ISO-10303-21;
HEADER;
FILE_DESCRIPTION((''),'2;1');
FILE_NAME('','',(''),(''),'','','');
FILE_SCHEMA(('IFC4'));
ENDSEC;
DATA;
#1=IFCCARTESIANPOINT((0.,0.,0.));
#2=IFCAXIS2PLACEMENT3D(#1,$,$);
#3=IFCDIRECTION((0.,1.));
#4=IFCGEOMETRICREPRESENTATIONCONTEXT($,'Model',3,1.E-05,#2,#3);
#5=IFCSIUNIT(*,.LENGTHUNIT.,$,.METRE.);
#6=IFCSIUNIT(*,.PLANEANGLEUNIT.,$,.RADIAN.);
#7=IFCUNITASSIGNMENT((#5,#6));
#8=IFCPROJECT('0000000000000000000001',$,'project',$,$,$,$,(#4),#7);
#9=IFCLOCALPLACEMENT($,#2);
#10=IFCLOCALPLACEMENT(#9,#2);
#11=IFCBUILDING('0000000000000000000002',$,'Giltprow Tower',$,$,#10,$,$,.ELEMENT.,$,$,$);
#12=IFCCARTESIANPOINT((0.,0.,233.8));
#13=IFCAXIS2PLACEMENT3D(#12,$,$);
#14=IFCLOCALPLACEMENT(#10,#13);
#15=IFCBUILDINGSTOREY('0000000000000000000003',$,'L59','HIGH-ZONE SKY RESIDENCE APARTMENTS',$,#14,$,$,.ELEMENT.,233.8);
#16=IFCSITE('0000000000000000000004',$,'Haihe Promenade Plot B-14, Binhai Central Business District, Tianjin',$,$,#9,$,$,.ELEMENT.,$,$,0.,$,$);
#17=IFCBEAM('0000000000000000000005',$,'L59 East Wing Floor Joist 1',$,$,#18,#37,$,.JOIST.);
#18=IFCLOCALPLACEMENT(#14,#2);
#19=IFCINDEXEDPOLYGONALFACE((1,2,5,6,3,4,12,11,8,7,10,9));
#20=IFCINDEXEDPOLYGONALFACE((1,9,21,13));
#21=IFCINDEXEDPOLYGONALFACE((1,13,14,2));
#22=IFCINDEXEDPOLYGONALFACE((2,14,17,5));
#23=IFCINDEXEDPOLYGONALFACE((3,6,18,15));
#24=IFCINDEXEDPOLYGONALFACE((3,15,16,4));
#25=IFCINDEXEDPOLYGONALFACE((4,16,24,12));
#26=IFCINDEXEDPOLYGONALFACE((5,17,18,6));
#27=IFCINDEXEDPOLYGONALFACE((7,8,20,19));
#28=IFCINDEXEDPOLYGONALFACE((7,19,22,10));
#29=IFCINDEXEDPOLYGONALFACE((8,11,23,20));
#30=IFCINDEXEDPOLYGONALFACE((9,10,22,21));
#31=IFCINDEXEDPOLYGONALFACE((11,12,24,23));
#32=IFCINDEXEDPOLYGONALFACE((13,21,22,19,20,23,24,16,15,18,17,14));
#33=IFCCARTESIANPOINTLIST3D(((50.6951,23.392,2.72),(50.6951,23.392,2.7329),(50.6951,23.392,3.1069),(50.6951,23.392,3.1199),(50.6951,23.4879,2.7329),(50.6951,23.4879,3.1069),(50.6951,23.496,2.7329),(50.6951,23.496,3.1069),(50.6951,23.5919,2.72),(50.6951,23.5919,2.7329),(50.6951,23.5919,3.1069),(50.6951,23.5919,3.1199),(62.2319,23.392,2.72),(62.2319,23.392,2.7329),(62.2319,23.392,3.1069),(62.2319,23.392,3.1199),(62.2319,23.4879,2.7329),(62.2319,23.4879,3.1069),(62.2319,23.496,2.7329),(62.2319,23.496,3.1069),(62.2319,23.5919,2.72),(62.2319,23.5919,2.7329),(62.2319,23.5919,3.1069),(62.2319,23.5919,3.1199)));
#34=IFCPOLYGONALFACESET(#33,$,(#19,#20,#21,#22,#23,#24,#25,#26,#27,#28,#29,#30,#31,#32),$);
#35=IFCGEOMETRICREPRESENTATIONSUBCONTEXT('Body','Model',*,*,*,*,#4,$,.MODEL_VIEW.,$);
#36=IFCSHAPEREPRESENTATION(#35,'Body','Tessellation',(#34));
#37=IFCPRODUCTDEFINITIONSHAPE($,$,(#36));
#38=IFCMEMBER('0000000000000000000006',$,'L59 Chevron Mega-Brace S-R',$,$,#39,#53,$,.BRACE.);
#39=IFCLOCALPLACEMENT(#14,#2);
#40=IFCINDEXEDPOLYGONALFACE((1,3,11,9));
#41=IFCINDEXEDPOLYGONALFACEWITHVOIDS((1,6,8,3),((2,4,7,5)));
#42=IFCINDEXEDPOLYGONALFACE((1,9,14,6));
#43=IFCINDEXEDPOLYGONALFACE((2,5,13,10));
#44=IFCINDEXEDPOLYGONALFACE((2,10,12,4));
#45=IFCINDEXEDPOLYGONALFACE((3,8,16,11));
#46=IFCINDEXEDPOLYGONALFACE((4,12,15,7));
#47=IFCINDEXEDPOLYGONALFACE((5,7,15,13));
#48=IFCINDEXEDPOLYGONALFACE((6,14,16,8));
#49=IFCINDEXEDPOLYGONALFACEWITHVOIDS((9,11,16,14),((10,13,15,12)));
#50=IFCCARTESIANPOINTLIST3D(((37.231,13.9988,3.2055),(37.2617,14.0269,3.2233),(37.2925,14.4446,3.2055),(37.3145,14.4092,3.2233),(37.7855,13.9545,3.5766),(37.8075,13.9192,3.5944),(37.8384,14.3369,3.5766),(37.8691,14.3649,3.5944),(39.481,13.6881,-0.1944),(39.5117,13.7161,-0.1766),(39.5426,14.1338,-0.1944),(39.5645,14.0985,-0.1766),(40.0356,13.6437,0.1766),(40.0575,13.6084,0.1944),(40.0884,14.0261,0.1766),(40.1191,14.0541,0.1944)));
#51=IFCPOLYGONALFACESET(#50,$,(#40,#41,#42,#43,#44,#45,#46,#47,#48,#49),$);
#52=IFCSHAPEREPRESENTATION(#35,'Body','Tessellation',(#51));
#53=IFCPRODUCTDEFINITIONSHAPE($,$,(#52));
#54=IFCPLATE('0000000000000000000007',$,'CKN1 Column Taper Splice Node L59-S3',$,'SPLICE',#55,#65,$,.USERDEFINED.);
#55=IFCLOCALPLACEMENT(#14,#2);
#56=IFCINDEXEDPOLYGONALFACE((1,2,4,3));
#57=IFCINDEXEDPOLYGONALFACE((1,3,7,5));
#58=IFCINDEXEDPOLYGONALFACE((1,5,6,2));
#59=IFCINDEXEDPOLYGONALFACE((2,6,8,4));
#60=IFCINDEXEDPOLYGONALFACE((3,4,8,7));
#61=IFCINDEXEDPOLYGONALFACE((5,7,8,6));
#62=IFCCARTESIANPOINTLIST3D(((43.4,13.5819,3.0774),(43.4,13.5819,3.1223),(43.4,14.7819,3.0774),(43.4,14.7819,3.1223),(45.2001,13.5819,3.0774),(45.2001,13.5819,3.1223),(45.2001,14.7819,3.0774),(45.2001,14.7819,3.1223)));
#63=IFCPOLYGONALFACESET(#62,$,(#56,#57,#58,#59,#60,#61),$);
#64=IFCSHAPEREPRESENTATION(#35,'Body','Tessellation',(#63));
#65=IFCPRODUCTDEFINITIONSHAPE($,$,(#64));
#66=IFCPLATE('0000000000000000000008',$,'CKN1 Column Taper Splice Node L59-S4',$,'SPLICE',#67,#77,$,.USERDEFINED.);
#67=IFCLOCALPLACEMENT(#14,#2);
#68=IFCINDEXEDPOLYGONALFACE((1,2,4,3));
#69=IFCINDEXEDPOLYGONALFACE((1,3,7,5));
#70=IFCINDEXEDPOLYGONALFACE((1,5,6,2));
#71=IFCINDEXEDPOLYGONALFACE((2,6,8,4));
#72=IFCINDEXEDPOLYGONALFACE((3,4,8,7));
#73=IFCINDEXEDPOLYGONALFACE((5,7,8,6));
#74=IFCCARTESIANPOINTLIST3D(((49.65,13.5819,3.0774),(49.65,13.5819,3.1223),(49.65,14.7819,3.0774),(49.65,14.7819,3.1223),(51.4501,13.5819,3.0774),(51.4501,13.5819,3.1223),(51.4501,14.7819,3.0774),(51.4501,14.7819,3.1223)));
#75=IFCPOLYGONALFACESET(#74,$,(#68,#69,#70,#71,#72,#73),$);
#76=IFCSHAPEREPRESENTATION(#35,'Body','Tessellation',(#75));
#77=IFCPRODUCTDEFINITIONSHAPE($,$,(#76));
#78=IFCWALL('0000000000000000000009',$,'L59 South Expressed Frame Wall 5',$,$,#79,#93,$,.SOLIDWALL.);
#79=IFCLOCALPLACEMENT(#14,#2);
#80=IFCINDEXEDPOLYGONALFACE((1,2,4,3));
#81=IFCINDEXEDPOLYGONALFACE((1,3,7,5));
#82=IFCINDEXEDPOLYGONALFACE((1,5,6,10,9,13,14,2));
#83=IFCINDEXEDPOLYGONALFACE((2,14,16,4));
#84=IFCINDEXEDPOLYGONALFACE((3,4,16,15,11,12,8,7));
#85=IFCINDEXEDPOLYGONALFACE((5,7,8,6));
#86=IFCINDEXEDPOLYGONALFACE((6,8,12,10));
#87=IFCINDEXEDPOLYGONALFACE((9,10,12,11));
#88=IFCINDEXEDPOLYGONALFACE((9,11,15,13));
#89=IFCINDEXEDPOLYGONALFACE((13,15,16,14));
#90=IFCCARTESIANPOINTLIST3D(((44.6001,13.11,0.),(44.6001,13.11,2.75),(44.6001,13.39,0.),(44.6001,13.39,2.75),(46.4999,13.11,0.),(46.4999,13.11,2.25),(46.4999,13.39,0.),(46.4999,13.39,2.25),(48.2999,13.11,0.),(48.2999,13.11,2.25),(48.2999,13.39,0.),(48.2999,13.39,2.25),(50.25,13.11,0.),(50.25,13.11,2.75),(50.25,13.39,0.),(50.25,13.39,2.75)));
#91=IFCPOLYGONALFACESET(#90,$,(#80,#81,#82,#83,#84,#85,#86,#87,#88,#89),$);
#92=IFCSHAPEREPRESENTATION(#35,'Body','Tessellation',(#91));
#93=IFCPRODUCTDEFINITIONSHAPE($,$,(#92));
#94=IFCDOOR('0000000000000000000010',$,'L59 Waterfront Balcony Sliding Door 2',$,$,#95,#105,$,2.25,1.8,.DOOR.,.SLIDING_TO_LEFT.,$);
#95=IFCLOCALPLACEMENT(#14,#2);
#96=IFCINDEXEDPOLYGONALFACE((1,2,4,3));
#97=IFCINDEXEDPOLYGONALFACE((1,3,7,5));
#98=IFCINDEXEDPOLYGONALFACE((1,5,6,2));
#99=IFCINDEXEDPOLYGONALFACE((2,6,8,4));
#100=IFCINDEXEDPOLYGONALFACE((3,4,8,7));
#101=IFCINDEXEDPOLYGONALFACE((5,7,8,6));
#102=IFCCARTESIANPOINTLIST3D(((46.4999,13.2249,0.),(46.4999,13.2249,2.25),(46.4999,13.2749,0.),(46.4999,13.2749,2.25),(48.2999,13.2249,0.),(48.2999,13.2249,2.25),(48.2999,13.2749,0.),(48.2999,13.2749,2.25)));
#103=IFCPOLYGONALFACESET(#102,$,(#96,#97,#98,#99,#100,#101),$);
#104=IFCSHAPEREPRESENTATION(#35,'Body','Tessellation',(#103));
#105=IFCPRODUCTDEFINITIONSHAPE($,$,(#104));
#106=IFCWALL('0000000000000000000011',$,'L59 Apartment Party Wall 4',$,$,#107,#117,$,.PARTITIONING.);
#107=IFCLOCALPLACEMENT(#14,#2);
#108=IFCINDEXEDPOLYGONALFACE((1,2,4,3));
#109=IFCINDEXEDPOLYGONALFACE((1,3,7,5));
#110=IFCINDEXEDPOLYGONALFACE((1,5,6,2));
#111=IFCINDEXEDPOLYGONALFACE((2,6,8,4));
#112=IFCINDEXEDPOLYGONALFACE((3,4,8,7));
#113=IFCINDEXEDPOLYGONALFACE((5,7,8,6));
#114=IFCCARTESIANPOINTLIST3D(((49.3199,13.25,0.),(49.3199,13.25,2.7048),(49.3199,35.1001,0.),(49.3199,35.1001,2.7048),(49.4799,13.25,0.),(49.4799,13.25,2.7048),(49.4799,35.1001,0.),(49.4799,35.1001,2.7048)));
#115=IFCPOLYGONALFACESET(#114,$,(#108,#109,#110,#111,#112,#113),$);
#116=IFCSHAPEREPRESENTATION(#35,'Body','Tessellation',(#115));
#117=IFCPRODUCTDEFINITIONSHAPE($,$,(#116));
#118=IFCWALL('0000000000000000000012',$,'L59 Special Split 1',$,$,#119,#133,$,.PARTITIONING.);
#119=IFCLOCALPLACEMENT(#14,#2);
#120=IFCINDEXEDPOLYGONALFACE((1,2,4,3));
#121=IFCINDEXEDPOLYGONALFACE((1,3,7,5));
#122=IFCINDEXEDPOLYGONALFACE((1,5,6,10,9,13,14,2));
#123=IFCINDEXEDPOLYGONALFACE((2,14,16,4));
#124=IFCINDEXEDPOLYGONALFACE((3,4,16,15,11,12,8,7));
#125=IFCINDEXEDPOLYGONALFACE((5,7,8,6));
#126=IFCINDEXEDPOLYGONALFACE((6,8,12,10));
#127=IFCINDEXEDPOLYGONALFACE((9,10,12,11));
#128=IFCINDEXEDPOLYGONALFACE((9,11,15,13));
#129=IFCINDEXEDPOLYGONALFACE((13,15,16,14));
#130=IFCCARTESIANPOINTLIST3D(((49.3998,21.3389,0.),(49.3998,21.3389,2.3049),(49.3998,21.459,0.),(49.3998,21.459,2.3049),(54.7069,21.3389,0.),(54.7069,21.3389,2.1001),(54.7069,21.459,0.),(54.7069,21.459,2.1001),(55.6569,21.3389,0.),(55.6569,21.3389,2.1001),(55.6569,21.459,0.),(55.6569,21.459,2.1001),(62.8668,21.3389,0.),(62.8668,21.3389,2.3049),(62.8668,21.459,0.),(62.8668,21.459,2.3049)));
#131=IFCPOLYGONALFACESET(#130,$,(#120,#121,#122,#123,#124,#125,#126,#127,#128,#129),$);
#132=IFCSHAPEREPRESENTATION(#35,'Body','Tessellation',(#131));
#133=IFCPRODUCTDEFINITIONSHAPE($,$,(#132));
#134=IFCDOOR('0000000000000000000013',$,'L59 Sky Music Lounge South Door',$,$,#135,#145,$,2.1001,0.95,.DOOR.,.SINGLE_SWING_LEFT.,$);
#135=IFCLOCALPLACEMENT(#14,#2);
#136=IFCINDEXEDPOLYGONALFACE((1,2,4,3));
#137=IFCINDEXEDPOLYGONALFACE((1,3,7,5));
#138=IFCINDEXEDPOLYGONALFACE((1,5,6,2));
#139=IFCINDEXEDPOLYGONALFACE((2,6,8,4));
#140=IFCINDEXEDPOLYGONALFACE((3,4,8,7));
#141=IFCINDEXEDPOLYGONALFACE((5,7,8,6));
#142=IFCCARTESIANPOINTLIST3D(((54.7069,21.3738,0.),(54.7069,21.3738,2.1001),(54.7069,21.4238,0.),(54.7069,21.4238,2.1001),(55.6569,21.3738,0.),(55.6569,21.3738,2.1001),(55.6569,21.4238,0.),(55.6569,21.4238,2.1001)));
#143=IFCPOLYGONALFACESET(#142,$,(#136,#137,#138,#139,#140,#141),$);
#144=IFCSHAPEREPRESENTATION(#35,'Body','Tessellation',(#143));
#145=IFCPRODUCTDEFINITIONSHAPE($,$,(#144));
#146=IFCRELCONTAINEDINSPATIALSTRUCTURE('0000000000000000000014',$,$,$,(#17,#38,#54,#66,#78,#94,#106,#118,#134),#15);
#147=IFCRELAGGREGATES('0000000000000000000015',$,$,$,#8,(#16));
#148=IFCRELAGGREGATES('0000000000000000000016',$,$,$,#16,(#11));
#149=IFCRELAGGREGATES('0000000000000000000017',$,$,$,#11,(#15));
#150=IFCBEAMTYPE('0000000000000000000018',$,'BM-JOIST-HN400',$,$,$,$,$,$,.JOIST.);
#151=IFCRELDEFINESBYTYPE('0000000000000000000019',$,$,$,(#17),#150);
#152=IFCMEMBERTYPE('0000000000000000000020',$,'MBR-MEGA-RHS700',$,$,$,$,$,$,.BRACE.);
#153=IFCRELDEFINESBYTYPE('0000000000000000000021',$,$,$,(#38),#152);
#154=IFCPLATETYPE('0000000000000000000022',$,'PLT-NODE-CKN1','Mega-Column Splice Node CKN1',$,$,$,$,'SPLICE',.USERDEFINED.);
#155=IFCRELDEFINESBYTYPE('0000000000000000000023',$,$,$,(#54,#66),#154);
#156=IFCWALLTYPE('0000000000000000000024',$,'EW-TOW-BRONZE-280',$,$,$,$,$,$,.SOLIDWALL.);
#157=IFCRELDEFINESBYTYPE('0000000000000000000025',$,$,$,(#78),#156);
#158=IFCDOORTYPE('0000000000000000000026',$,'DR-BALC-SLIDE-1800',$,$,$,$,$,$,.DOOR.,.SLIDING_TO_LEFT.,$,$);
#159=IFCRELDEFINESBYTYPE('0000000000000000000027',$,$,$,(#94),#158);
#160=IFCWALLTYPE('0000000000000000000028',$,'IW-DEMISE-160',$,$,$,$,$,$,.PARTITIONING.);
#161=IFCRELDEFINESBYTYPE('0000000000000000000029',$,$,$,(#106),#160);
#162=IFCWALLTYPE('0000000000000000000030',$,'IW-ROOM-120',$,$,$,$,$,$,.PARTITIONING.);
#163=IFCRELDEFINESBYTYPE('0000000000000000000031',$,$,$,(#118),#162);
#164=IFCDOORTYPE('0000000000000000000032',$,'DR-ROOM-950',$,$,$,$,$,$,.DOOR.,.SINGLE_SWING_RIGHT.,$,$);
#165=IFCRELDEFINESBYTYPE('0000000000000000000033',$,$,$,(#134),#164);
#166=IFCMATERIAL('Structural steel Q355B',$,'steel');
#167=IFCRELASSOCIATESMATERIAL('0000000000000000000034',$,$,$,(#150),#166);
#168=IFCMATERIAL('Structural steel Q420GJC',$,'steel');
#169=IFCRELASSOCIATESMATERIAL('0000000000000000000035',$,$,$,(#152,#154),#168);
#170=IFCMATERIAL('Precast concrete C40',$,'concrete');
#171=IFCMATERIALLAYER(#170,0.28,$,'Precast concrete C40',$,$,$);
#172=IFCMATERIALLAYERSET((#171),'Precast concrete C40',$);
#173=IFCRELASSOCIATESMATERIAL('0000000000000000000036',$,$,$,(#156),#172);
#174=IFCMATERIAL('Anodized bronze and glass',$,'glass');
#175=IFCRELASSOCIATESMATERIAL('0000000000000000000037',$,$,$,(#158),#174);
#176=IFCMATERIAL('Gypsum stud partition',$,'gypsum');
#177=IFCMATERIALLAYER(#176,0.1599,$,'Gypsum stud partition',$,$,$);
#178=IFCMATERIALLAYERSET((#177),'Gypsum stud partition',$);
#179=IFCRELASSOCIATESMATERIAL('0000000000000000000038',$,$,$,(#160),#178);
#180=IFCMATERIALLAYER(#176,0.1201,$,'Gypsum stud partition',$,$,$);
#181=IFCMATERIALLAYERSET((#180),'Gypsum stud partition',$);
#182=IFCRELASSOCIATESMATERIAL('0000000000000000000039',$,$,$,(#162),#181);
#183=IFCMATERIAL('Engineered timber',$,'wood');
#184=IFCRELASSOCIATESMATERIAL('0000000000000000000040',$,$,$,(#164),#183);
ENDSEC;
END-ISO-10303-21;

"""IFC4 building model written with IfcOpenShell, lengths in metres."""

from ifc_helpers import new_model, si_unit, direction, frame, frame_2d, origin, origin_2d, place, context, subcontext, project, spatial, rectangle, hollow_rectangle, i_section, extrude, source, transform, mapped, material, layer, layer_set, material_profile, profile_set, type_object, element, fill, save


model = new_model("IFC4")

# Units and contexts
model_context = context("Model", 3, precision=1e-05, world=origin(), true_north=direction((0.0, 1.0)))
body_context = subcontext(model_context, "Body", "Model", "MODEL_VIEW")
ifc_project = project(units=[si_unit("LENGTHUNIT", "METRE"), si_unit("PLANEANGLEUNIT", "RADIAN")], contexts=[model_context])

# Site, building, storey
site_placement = place(None, origin())
site = spatial("IfcSite", under=ifc_project, at=site_placement, Name="Haihe Promenade Plot B-14, Binhai Central Business District, Tianjin", CompositionType="ELEMENT", RefElevation=0.0)
building_placement = place(site_placement, origin())
building = spatial("IfcBuilding", under=site, at=building_placement, Name="Giltprow Tower", CompositionType="ELEMENT")
storey_placement = place(building_placement, frame((0.0, 0.0, 233.8)))
storey = spatial("IfcBuildingStorey", under=building, at=storey_placement, Name="L59", Description="HIGH-ZONE SKY RESIDENCE APARTMENTS", CompositionType="ELEMENT", Elevation=233.8)

# Shared definitions
ifc_material_1 = material(Name="Structural steel Q355B", Category="steel")

# Beam
ifc_material_profile_1 = material_profile(ifc_material_1, i_section(OverallWidth=0.2, OverallDepth=0.3999, WebThickness=0.0081, FlangeThickness=0.0129, at=origin_2d()), Name="HN 400x200x8x13")
ifc_profile_set_1 = profile_set([ifc_material_profile_1], Name="Structural steel Q355B")
beam_type_1 = type_object("IfcBeamType", Name="BM-JOIST-HN400", PredefinedType="JOIST", material=ifc_profile_set_1)
shared_shape_1 = source(origin(), body_context, "Body", "SweptSolid", [
    extrude(i_section(OverallWidth=0.2, OverallDepth=0.3999, WebThickness=0.0081, FlangeThickness=0.0129, at=origin_2d()), origin(), (0.0, 0.0, 1.0), 11.5369),
])
beam_1_placement = place(storey_placement, frame((50.6951, 23.4919, 2.9199), z_axis=(1.0, 0.0, 0.0), x_axis=(0.0, 1.0, 0.0)))
element("IfcBeam", 1, at=beam_1_placement, inside=storey, type_object=beam_type_1, Name="L59 East Wing Floor Joist 1", PredefinedType="JOIST", context=body_context, shape_type="MappedRepresentation", body=[
    mapped(shared_shape_1, transform((0.0, 0.0, 0.0), x_axis=(1.0, 0.0, 0.0), y_axis=(0.0, 1.0, 0.0), z_axis=(0.0, 0.0, 1.0), scale=1.0)),
])

# Member
ifc_material_2 = material(Name="Structural steel Q420GJC", Category="steel")
ifc_material_profile_2 = material_profile(ifc_material_2, hollow_rectangle(XDim=0.45, YDim=0.7, WallThickness=0.032, at=origin_2d()), Name="RHS 700x450x32")
ifc_profile_set_2 = profile_set([ifc_material_profile_2], Name="Structural steel Q420GJC")
member_type = type_object("IfcMemberType", Name="MBR-MEGA-RHS700", PredefinedType="BRACE", material=ifc_profile_set_2)
shared_shape_2 = source(origin(), body_context, "Body", "SweptSolid", [
    extrude(hollow_rectangle(XDim=0.45, YDim=0.7, WallThickness=0.032, at=origin_2d()), origin(), (0.0, 0.0, 1.0), 4.0889),
])
member_placement = place(storey_placement, frame((39.8, 13.8711, 0.0), z_axis=(-0.550281, 0.07601, 0.831512), x_axis=(-0.13683, -0.990595, 0.0)))
element("IfcMember", 2, at=member_placement, inside=storey, type_object=member_type, Name="L59 Chevron Mega-Brace S-R", PredefinedType="BRACE", context=body_context, shape_type="MappedRepresentation", body=[
    mapped(shared_shape_2, transform((0.0, 0.0, 0.0), x_axis=(1.0, 0.0, 0.0), y_axis=(0.0, 1.0, 0.0), z_axis=(0.0, 0.0, 1.0), scale=1.0)),
])

# Plates
plate_type = type_object("IfcPlateType", Name="PLT-NODE-CKN1", Description="Mega-Column Splice Node CKN1", ElementType="SPLICE", PredefinedType="USERDEFINED", material=ifc_material_2)
shared_shape_3 = source(origin(), body_context, "Body", "SweptSolid", [
    extrude(rectangle(XDim=1.8, YDim=1.2, at=origin_2d()), origin(), (0.0, 0.0, 1.0), 0.0449),
])
for number, where, z_axis, x_axis, name in (
    (3, (44.3, 14.1819, 3.0774), (0.0, 0.0, 1.0), (1.0, 0.0, 0.0), "CKN1 Column Taper Splice Node L59-S3"),
    (4, (50.55, 14.1819, 3.0774), (0.0, 0.0, 1.0), (1.0, 0.0, 0.0), "CKN1 Column Taper Splice Node L59-S4"),
):
    element("IfcPlate", number, at=place(storey_placement, frame(where, z_axis=z_axis, x_axis=x_axis)), inside=storey, type_object=plate_type, Name=name, ObjectType="SPLICE", PredefinedType="USERDEFINED", context=body_context, shape_type="MappedRepresentation", body=[
        mapped(shared_shape_3, transform((0.0, 0.0, 0.0), x_axis=(1.0, 0.0, 0.0), y_axis=(0.0, 1.0, 0.0), z_axis=(0.0, 0.0, 1.0), scale=1.0)),
    ])

# Wall, opening, door
ifc_material_3 = material(Name="Precast concrete C40", Category="concrete")
ifc_layer_1 = layer(ifc_material_3, 0.28, Name="Precast concrete C40")
ifc_layer_set_1 = layer_set([ifc_layer_1], Name="Precast concrete C40")
wall_type_1 = type_object("IfcWallType", Name="EW-TOW-BRONZE-280", PredefinedType="SOLIDWALL", material=ifc_layer_set_1)
wall_1_placement = place(storey_placement, frame((44.6001, 13.25, 0.0), z_axis=(0.0, 0.0, 1.0), x_axis=(1.0, 0.0, 0.0)))
wall_1 = element("IfcWall", 5, at=wall_1_placement, inside=storey, type_object=wall_type_1, Name="L59 South Expressed Frame Wall 5", PredefinedType="SOLIDWALL", context=body_context, shape_type="SweptSolid", body=[
    extrude(rectangle(XDim=5.6499, YDim=0.28, at=frame_2d((2.825, 0.0))), origin(), (0.0, 0.0, 1.0), 2.75),
])
opening_1_placement = place(wall_1_placement, frame((1.8999, 0.0, 0.0)))
opening_1 = element("IfcOpeningElement", 6, at=opening_1_placement, cuts=wall_1, PredefinedType="OPENING", context=body_context, shape_type="SweptSolid", body=[
    extrude(rectangle(XDim=1.8, YDim=2.25, at=frame_2d((0.8999, 1.125))), frame((0.0, 0.1499, 0.0), z_axis=(0.0, -1.0, 0.0), x_axis=(1.0, 0.0, 0.0)), (0.0, 0.0, 1.0), 0.3),
])
ifc_material_4 = material(Name="Anodized bronze and glass", Category="glass")
door_type_1 = type_object("IfcDoorType", Name="DR-BALC-SLIDE-1800", OperationType="SLIDING_TO_LEFT", PredefinedType="DOOR", material=ifc_material_4)
shared_shape_4 = source(origin(), body_context, "Body", "SweptSolid", [
    extrude(rectangle(XDim=1.8, YDim=2.25, at=frame_2d((0.8999, 1.125))), frame((0.0, 0.0249, 0.0), z_axis=(0.0, -1.0, 0.0), x_axis=(1.0, 0.0, 0.0)), (0.0, 0.0, 1.0), 0.05),
])
door_1_placement = place(opening_1_placement, origin())
door_1 = element("IfcDoor", 7, at=door_1_placement, inside=storey, type_object=door_type_1, Name="L59 Waterfront Balcony Sliding Door 2", OperationType="SLIDING_TO_LEFT", OverallHeight=2.25, OverallWidth=1.8, PredefinedType="DOOR", context=body_context, shape_type="MappedRepresentation", body=[
    mapped(shared_shape_4, transform((0.0, 0.0, 0.0), x_axis=(1.0, 0.0, 0.0), y_axis=(0.0, 1.0, 0.0), z_axis=(0.0, 0.0, 1.0), scale=1.0)),
])
fill(opening_1, door_1)

# Wall
ifc_material_5 = material(Name="Gypsum stud partition", Category="gypsum")
ifc_layer_2 = layer(ifc_material_5, 0.1599, Name="Gypsum stud partition")
ifc_layer_set_2 = layer_set([ifc_layer_2], Name="Gypsum stud partition")
wall_type_2 = type_object("IfcWallType", Name="IW-DEMISE-160", PredefinedType="PARTITIONING", material=ifc_layer_set_2)
wall_2_placement = place(storey_placement, frame((49.3999, 13.25, 0.0), z_axis=(0.0, 0.0, 1.0), x_axis=(0.0, 1.0, 0.0)))
element("IfcWall", 8, at=wall_2_placement, inside=storey, type_object=wall_type_2, Name="L59 Apartment Party Wall 4", PredefinedType="PARTITIONING", context=body_context, shape_type="SweptSolid", body=[
    extrude(rectangle(XDim=21.8501, YDim=0.1599, at=frame_2d((10.925, 0.0))), origin(), (0.0, 0.0, 1.0), 2.7048),
])

# Wall, opening, door
ifc_layer_3 = layer(ifc_material_5, 0.1201, Name="Gypsum stud partition")
ifc_layer_set_3 = layer_set([ifc_layer_3], Name="Gypsum stud partition")
wall_type_3 = type_object("IfcWallType", Name="IW-ROOM-120", PredefinedType="PARTITIONING", material=ifc_layer_set_3)
wall_3_placement = place(storey_placement, frame((49.3999, 21.3989, 0.0), z_axis=(0.0, 0.0, 1.0), x_axis=(1.0, 0.0, 0.0)))
wall_3 = element("IfcWall", 9, at=wall_3_placement, inside=storey, type_object=wall_type_3, Name="L59 Special Split 1", PredefinedType="PARTITIONING", context=body_context, shape_type="SweptSolid", body=[
    extrude(rectangle(XDim=13.467, YDim=0.1201, at=frame_2d((6.7334, 0.0))), origin(), (0.0, 0.0, 1.0), 2.3049),
])
opening_2_placement = place(wall_3_placement, frame((5.3069, 0.0, 0.0)))
opening_2 = element("IfcOpeningElement", 10, at=opening_2_placement, cuts=wall_3, PredefinedType="OPENING", context=body_context, shape_type="SweptSolid", body=[
    extrude(rectangle(XDim=0.95, YDim=2.1001, at=frame_2d((0.4751, 1.05))), frame((0.0, 0.0701, 0.0), z_axis=(0.0, -1.0, 0.0), x_axis=(1.0, 0.0, 0.0)), (0.0, 0.0, 1.0), 0.1401),
])
ifc_material_6 = material(Name="Engineered timber", Category="wood")
door_type_2 = type_object("IfcDoorType", Name="DR-ROOM-950", OperationType="SINGLE_SWING_RIGHT", PredefinedType="DOOR", material=ifc_material_6)
shared_shape_5 = source(origin(), body_context, "Body", "SweptSolid", [
    extrude(rectangle(XDim=0.95, YDim=2.1001, at=frame_2d((0.4751, 1.05))), frame((0.0, 0.0249, 0.0), z_axis=(0.0, -1.0, 0.0), x_axis=(1.0, 0.0, 0.0)), (0.0, 0.0, 1.0), 0.05),
])
door_2_placement = place(opening_2_placement, origin())
door_2 = element("IfcDoor", 11, at=door_2_placement, inside=storey, type_object=door_type_2, Name="L59 Sky Music Lounge South Door", OperationType="SINGLE_SWING_LEFT", OverallHeight=2.1001, OverallWidth=0.95, PredefinedType="DOOR", context=body_context, shape_type="MappedRepresentation", body=[
    mapped(shared_shape_5, transform((0.0, 0.0, 0.0), x_axis=(1.0, 0.0, 0.0), y_axis=(0.0, 1.0, 0.0), z_axis=(0.0, 0.0, 1.0), scale=1.0)),
])
fill(opening_2, door_2)

save(model, "model.ifc")
